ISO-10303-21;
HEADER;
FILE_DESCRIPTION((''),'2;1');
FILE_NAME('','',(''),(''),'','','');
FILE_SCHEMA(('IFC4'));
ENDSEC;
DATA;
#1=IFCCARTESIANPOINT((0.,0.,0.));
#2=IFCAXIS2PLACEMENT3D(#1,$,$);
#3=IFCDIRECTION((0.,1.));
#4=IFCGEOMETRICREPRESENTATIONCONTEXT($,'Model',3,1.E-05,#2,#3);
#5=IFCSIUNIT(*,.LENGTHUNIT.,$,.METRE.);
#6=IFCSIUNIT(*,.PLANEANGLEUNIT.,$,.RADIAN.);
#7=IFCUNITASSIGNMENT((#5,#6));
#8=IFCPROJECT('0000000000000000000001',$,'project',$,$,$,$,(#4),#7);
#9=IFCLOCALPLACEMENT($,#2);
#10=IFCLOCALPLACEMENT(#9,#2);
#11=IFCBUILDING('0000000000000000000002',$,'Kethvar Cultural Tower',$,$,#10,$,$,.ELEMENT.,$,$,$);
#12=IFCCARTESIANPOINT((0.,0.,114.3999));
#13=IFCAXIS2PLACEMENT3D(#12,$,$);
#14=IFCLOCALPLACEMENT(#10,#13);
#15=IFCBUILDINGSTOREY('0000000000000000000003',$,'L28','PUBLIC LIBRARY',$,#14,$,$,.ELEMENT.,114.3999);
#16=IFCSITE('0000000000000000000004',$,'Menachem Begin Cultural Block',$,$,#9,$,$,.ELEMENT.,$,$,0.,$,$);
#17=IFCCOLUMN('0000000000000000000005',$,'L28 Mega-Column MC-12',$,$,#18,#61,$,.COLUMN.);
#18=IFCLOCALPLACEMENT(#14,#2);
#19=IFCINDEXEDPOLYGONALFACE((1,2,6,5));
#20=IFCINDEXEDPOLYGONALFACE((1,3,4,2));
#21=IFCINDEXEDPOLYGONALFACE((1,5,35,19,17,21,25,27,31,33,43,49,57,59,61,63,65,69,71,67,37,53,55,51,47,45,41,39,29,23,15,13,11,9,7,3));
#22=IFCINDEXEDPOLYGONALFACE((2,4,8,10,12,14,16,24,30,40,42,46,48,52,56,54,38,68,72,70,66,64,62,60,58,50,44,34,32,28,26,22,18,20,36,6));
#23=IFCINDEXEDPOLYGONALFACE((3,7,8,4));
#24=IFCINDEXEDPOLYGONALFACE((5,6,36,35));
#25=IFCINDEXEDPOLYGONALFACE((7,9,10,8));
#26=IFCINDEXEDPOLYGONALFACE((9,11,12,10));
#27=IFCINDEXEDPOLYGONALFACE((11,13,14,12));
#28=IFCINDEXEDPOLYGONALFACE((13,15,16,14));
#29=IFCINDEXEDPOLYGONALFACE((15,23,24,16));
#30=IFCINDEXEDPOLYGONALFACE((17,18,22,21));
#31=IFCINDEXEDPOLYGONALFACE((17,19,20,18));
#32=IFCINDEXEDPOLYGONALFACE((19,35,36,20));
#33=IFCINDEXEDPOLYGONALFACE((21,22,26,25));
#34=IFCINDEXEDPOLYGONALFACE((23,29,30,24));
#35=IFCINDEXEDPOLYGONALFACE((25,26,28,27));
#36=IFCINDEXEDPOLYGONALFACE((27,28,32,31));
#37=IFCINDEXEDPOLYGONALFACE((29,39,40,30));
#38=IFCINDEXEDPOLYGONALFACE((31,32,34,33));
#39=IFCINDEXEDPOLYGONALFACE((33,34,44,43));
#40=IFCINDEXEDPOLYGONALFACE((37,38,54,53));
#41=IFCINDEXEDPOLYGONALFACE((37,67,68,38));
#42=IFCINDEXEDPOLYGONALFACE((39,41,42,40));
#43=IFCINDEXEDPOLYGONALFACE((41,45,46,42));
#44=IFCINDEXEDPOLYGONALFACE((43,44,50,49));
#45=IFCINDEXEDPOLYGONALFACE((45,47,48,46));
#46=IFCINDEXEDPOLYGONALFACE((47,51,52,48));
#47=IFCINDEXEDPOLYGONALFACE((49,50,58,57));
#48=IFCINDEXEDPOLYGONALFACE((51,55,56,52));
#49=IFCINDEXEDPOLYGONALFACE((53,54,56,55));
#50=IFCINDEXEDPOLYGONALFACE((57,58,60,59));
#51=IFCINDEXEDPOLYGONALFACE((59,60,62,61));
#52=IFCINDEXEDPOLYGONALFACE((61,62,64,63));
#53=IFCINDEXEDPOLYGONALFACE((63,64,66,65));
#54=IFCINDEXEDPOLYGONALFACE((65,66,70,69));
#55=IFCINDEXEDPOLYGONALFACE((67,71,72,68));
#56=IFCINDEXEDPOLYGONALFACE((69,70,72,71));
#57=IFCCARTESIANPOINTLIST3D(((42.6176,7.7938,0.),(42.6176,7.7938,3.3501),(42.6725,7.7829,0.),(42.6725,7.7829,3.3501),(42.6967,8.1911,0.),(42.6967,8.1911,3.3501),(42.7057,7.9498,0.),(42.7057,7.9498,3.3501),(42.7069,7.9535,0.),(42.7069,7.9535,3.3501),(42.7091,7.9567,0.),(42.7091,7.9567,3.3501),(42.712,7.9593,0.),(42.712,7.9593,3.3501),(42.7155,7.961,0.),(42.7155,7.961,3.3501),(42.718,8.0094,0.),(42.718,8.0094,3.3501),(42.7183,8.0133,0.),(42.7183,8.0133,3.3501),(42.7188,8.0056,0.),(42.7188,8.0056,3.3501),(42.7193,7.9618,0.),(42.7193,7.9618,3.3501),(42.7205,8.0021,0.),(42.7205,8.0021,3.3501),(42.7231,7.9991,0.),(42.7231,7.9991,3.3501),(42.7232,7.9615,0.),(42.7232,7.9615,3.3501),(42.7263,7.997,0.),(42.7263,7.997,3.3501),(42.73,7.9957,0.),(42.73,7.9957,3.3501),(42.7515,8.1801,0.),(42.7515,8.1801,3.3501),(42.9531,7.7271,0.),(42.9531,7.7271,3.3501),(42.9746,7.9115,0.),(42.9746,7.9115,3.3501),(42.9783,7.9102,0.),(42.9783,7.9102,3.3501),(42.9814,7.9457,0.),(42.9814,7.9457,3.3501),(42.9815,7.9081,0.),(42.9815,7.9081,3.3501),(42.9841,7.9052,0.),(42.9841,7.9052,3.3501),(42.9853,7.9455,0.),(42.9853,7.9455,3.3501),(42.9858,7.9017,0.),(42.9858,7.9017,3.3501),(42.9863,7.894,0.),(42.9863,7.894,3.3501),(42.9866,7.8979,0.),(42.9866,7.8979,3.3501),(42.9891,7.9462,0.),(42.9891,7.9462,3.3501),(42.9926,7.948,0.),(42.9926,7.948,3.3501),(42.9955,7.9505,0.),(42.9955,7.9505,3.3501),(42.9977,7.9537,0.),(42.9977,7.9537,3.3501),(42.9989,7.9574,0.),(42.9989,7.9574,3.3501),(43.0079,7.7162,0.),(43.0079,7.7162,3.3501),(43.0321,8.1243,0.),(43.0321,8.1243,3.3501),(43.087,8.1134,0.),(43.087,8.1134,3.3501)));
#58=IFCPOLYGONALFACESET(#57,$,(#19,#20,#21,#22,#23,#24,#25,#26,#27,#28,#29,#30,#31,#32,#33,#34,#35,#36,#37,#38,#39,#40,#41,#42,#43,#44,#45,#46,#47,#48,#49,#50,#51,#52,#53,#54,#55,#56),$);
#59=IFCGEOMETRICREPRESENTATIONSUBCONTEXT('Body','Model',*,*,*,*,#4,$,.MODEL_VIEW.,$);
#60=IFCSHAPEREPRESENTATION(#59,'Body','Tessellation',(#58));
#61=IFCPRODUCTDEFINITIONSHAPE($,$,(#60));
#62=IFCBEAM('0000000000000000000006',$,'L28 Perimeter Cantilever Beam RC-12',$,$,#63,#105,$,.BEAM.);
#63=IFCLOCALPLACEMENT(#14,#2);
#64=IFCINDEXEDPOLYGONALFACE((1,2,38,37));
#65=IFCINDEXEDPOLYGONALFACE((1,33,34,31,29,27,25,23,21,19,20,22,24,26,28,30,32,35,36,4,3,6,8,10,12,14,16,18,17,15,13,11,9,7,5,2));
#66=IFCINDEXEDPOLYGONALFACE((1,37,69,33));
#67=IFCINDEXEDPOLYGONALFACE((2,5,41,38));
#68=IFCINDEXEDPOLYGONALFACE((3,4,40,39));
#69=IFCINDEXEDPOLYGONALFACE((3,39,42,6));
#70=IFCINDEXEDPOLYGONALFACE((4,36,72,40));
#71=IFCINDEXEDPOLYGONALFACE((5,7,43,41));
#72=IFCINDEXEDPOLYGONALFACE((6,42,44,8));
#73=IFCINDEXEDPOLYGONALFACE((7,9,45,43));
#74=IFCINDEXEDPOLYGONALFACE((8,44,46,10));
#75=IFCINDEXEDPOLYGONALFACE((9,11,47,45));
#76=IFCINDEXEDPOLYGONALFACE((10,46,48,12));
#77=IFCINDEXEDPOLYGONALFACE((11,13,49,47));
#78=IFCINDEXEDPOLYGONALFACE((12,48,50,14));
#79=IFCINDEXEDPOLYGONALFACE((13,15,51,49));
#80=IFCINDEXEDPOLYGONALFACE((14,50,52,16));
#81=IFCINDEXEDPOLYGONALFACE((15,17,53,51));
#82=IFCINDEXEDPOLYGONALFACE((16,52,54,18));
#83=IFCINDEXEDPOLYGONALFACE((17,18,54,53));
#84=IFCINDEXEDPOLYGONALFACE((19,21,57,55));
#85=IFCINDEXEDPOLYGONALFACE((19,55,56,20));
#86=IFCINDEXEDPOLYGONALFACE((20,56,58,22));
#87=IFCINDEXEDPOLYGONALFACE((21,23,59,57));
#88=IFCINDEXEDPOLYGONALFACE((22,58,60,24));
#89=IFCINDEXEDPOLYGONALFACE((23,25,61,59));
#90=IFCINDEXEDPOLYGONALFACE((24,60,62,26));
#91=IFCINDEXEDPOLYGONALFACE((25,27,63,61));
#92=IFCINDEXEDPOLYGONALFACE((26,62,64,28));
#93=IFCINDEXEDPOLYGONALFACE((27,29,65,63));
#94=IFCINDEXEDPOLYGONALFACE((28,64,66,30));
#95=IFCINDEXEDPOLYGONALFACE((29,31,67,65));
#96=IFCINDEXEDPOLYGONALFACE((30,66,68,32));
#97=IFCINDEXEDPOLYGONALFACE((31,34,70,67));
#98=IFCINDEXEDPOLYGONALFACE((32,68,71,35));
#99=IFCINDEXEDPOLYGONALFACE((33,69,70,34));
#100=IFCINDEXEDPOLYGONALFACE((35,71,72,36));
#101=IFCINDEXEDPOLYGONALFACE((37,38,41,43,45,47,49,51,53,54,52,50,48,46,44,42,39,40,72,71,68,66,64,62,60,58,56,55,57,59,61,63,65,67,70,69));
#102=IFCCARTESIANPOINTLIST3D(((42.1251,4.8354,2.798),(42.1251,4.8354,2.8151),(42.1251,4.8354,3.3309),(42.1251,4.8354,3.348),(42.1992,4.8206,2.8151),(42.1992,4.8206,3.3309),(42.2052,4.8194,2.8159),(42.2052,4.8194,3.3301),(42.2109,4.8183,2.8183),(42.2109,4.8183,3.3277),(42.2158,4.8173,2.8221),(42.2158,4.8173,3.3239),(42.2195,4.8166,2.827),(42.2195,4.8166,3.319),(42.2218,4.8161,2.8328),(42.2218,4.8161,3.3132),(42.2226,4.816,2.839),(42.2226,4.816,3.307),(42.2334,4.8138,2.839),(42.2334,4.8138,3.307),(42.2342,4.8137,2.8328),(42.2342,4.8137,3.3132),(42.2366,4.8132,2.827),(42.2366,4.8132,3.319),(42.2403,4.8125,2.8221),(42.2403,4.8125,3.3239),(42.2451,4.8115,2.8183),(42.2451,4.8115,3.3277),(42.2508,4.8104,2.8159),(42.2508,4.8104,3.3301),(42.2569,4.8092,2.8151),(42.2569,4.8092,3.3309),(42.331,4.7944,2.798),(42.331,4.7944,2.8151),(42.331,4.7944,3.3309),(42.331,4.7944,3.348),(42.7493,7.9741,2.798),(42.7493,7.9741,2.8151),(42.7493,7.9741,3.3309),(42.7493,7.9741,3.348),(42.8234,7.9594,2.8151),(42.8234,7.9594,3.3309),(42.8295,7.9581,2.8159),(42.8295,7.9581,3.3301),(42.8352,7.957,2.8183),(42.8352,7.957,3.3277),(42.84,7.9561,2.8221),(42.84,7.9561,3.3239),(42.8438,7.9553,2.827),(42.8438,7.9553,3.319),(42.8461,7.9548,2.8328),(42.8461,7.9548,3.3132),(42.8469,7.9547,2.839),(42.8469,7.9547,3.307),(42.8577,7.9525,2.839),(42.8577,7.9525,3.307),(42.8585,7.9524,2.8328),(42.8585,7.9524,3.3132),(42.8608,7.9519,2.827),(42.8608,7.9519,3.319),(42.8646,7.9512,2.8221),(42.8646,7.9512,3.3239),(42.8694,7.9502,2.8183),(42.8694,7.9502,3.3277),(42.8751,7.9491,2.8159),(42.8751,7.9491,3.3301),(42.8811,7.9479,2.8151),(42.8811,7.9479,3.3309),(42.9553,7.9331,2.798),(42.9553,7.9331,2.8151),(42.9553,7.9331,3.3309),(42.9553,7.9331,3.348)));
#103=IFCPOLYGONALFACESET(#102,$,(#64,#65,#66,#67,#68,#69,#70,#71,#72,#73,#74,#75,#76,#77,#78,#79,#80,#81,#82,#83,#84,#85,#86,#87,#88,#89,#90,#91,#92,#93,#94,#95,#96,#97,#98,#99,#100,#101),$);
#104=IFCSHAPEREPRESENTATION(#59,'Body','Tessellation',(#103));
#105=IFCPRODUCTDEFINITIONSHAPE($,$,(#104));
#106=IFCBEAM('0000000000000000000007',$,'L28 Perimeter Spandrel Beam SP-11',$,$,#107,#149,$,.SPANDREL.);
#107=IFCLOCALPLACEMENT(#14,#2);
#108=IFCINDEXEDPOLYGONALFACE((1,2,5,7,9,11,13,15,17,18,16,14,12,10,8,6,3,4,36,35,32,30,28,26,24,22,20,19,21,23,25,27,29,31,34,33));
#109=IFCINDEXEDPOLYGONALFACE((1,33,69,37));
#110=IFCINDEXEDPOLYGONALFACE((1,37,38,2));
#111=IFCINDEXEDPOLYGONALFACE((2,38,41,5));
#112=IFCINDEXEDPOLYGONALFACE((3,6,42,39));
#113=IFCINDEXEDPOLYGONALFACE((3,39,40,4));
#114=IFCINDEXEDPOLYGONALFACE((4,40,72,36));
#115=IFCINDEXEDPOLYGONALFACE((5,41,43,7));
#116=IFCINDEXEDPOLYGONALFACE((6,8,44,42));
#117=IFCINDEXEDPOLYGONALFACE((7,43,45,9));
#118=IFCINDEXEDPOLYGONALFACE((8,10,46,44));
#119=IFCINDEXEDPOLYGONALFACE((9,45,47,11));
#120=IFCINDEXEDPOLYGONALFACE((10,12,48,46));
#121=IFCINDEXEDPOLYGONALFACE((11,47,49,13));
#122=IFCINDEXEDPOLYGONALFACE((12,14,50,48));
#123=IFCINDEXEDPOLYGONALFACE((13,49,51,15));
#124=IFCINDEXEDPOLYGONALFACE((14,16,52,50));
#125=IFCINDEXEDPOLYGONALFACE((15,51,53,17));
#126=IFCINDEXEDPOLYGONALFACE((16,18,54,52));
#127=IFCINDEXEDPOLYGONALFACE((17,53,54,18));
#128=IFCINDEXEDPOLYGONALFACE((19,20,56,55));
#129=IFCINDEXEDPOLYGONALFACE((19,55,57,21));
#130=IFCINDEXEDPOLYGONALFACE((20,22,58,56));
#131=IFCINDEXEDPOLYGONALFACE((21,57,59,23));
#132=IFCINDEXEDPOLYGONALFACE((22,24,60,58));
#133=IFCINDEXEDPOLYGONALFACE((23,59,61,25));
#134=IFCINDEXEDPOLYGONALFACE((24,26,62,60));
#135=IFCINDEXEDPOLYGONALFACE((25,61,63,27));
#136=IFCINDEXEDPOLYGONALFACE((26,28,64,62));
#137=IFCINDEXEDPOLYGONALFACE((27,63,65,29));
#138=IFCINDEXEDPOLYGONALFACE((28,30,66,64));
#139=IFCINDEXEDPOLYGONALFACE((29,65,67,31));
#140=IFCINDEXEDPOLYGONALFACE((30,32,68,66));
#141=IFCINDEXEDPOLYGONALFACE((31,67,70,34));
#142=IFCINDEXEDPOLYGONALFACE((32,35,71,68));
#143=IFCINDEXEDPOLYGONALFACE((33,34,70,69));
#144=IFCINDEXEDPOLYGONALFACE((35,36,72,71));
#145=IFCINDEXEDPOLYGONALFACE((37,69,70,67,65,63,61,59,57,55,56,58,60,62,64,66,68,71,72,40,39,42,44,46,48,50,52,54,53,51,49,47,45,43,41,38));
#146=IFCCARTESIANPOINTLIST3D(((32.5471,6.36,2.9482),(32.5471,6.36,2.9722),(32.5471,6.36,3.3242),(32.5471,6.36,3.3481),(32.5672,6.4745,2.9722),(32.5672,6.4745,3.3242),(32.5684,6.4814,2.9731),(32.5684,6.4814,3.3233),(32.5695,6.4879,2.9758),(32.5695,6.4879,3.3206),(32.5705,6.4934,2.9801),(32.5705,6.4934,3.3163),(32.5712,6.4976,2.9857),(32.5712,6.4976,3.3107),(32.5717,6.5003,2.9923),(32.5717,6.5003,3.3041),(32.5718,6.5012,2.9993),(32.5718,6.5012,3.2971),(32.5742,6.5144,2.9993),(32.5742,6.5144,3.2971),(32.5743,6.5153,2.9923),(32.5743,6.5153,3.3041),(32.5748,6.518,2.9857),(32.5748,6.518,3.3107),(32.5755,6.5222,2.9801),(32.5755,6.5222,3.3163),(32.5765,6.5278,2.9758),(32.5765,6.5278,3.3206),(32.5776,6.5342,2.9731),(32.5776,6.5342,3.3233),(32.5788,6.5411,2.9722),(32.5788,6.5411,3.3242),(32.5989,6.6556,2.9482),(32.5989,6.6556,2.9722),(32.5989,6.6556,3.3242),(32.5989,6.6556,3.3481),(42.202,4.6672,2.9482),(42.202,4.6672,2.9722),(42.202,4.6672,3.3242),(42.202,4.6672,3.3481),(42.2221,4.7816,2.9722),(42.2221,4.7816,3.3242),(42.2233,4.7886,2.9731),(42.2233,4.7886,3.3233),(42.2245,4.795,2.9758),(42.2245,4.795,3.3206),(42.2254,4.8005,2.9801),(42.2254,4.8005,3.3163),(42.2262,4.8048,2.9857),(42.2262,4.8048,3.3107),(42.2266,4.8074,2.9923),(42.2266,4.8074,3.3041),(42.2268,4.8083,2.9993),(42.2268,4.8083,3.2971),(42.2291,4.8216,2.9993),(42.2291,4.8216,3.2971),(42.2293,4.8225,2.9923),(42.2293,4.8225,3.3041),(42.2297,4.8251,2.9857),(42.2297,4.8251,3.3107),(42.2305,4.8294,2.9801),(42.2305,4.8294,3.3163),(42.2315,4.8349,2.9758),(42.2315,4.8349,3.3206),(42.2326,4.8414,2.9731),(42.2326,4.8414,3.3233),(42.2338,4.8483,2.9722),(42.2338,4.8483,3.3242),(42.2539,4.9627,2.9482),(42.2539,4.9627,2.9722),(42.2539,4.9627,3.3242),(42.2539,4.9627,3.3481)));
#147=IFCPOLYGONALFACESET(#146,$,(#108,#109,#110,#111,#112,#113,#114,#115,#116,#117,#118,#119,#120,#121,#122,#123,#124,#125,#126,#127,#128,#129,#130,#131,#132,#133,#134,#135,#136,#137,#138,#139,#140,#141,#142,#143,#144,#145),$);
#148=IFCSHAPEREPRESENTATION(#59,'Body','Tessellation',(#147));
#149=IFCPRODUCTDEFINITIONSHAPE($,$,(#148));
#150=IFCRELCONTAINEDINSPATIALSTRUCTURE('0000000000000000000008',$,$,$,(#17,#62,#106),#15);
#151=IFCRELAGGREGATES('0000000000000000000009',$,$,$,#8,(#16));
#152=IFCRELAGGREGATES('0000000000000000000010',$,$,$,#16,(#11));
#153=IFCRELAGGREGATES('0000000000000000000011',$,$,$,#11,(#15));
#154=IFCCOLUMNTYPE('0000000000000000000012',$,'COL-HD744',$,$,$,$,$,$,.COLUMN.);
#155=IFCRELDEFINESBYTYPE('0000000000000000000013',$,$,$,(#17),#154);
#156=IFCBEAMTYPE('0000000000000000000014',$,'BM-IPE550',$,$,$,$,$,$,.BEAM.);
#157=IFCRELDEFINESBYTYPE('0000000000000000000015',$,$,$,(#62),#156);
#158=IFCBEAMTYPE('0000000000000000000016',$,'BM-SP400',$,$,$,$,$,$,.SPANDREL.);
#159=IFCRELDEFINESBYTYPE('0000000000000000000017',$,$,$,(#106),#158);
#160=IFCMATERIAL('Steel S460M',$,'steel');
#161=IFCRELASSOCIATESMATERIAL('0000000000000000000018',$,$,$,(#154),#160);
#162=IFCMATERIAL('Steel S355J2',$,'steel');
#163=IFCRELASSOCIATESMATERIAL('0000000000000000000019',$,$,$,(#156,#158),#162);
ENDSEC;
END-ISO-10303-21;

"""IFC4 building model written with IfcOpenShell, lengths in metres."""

from ifc_helpers import new_model, si_unit, direction, frame, origin, origin_2d, place, context, subcontext, project, spatial, i_section, extrude, source, transform, mapped, material, material_profile, profile_set, type_object, element, save


model = new_model("IFC4")

# Units and contexts
model_context = context("Model", 3, precision=1e-05, world=origin(), true_north=direction((0.0, 1.0)))
body_context = subcontext(model_context, "Body", "Model", "MODEL_VIEW")
ifc_project = project(units=[si_unit("LENGTHUNIT", "METRE"), si_unit("PLANEANGLEUNIT", "RADIAN")], contexts=[model_context])

# Site, building, storey
site_placement = place(None, origin())
site = spatial("IfcSite", under=ifc_project, at=site_placement, Name="Menachem Begin Cultural Block", CompositionType="ELEMENT", RefElevation=0.0)
building_placement = place(site_placement, origin())
building = spatial("IfcBuilding", under=site, at=building_placement, Name="Kethvar Cultural Tower", CompositionType="ELEMENT")
storey_placement = place(building_placement, frame((0.0, 0.0, 114.3999)))
storey = spatial("IfcBuildingStorey", under=building, at=storey_placement, Name="L28", Description="PUBLIC LIBRARY", CompositionType="ELEMENT", Elevation=114.3999)

# Column
ifc_material_1 = material(Name="Steel S460M", Category="steel")
ifc_material_profile_1 = material_profile(ifc_material_1, i_section(OverallWidth=0.405, OverallDepth=0.3979, WebThickness=0.0349, FlangeThickness=0.0559, FilletRadius=0.0149, at=origin_2d()), Name="Steel S460M — HD400x744")
ifc_profile_set_1 = profile_set([ifc_material_profile_1], Name="Steel S460M — HD400x744")
column_type = type_object("IfcColumnType", Name="COL-HD744", PredefinedType="COLUMN", material=ifc_profile_set_1)
shared_shape_1 = source(origin(), body_context, "Body", "SweptSolid", [
    extrude(i_section(OverallWidth=0.405, OverallDepth=0.3979, WebThickness=0.0349, FlangeThickness=0.0559, FilletRadius=0.0149, at=origin_2d()), origin(), (0.0, 0.0, 1.0), 3.3501),
])
column_placement = place(storey_placement, frame((42.8523, 7.9536, 0.0), z_axis=(0.0, 0.0, 1.0), x_axis=(-0.19509, -0.980785, 0.0)))
element("IfcColumn", 1, at=column_placement, inside=storey, type_object=column_type, Name="L28 Mega-Column MC-12", PredefinedType="COLUMN", context=body_context, shape_type="MappedRepresentation", body=[
    mapped(shared_shape_1, transform((0.0, 0.0, 0.0), scale=1.0)),
])

# Beams
ifc_material_2 = material(Name="Steel S355J2", Category="steel")
ifc_material_profile_2 = material_profile(ifc_material_2, i_section(OverallWidth=0.21, OverallDepth=0.55, WebThickness=0.011, FlangeThickness=0.0171, FilletRadius=0.0239, at=origin_2d()), Name="Steel S355J2 — IPE550")
ifc_profile_set_2 = profile_set([ifc_material_profile_2], Name="Steel S355J2 — IPE550")
beam_type_1 = type_object("IfcBeamType", Name="BM-IPE550", PredefinedType="BEAM", material=ifc_profile_set_2)
shared_shape_2 = source(origin(), body_context, "Body", "SweptSolid", [
    extrude(i_section(OverallWidth=0.21, OverallDepth=0.55, WebThickness=0.011, FlangeThickness=0.0171, FilletRadius=0.0239, at=origin_2d()), origin(), (0.0, 0.0, 1.0), 3.2002),
])
beam_1_placement = place(storey_placement, frame((42.8523, 7.9536, 3.073), z_axis=(-0.195074, -0.980788, 0.0), x_axis=(0.980788, -0.195074, 0.0)))
element("IfcBeam", 2, at=beam_1_placement, inside=storey, type_object=beam_type_1, Name="L28 Perimeter Cantilever Beam RC-12", PredefinedType="BEAM", context=body_context, shape_type="MappedRepresentation", body=[
    mapped(shared_shape_2, transform((0.0, 0.0, 0.0), scale=1.0)),
])
ifc_material_profile_3 = material_profile(ifc_material_2, i_section(OverallWidth=0.3, OverallDepth=0.3999, WebThickness=0.0134, FlangeThickness=0.0239, FilletRadius=0.0271, at=origin_2d()), Name="Steel S355J2 — HEB400")
ifc_profile_set_3 = profile_set([ifc_material_profile_3], Name="Steel S355J2 — HEB400")
beam_type_2 = type_object("IfcBeamType", Name="BM-SP400", PredefinedType="SPANDREL", material=ifc_profile_set_3)
shared_shape_3 = source(origin(), body_context, "Body", "SweptSolid", [
    extrude(i_section(OverallWidth=0.3, OverallDepth=0.3999, WebThickness=0.0134, FlangeThickness=0.0239, FilletRadius=0.0271, at=origin_2d()), origin(), (0.0, 0.0, 1.0), 9.8022),
])
beam_2_placement = place(storey_placement, frame((32.573, 6.5078, 3.1482), z_axis=(0.984974, -0.172701, 0.0), x_axis=(0.172701, 0.984974, 0.0)))
element("IfcBeam", 3, at=beam_2_placement, inside=storey, type_object=beam_type_2, Name="L28 Perimeter Spandrel Beam SP-11", PredefinedType="SPANDREL", context=body_context, shape_type="MappedRepresentation", body=[
    mapped(shared_shape_3, transform((0.0, 0.0, 0.0), scale=1.0)),
])

save(model, "model.ifc")
